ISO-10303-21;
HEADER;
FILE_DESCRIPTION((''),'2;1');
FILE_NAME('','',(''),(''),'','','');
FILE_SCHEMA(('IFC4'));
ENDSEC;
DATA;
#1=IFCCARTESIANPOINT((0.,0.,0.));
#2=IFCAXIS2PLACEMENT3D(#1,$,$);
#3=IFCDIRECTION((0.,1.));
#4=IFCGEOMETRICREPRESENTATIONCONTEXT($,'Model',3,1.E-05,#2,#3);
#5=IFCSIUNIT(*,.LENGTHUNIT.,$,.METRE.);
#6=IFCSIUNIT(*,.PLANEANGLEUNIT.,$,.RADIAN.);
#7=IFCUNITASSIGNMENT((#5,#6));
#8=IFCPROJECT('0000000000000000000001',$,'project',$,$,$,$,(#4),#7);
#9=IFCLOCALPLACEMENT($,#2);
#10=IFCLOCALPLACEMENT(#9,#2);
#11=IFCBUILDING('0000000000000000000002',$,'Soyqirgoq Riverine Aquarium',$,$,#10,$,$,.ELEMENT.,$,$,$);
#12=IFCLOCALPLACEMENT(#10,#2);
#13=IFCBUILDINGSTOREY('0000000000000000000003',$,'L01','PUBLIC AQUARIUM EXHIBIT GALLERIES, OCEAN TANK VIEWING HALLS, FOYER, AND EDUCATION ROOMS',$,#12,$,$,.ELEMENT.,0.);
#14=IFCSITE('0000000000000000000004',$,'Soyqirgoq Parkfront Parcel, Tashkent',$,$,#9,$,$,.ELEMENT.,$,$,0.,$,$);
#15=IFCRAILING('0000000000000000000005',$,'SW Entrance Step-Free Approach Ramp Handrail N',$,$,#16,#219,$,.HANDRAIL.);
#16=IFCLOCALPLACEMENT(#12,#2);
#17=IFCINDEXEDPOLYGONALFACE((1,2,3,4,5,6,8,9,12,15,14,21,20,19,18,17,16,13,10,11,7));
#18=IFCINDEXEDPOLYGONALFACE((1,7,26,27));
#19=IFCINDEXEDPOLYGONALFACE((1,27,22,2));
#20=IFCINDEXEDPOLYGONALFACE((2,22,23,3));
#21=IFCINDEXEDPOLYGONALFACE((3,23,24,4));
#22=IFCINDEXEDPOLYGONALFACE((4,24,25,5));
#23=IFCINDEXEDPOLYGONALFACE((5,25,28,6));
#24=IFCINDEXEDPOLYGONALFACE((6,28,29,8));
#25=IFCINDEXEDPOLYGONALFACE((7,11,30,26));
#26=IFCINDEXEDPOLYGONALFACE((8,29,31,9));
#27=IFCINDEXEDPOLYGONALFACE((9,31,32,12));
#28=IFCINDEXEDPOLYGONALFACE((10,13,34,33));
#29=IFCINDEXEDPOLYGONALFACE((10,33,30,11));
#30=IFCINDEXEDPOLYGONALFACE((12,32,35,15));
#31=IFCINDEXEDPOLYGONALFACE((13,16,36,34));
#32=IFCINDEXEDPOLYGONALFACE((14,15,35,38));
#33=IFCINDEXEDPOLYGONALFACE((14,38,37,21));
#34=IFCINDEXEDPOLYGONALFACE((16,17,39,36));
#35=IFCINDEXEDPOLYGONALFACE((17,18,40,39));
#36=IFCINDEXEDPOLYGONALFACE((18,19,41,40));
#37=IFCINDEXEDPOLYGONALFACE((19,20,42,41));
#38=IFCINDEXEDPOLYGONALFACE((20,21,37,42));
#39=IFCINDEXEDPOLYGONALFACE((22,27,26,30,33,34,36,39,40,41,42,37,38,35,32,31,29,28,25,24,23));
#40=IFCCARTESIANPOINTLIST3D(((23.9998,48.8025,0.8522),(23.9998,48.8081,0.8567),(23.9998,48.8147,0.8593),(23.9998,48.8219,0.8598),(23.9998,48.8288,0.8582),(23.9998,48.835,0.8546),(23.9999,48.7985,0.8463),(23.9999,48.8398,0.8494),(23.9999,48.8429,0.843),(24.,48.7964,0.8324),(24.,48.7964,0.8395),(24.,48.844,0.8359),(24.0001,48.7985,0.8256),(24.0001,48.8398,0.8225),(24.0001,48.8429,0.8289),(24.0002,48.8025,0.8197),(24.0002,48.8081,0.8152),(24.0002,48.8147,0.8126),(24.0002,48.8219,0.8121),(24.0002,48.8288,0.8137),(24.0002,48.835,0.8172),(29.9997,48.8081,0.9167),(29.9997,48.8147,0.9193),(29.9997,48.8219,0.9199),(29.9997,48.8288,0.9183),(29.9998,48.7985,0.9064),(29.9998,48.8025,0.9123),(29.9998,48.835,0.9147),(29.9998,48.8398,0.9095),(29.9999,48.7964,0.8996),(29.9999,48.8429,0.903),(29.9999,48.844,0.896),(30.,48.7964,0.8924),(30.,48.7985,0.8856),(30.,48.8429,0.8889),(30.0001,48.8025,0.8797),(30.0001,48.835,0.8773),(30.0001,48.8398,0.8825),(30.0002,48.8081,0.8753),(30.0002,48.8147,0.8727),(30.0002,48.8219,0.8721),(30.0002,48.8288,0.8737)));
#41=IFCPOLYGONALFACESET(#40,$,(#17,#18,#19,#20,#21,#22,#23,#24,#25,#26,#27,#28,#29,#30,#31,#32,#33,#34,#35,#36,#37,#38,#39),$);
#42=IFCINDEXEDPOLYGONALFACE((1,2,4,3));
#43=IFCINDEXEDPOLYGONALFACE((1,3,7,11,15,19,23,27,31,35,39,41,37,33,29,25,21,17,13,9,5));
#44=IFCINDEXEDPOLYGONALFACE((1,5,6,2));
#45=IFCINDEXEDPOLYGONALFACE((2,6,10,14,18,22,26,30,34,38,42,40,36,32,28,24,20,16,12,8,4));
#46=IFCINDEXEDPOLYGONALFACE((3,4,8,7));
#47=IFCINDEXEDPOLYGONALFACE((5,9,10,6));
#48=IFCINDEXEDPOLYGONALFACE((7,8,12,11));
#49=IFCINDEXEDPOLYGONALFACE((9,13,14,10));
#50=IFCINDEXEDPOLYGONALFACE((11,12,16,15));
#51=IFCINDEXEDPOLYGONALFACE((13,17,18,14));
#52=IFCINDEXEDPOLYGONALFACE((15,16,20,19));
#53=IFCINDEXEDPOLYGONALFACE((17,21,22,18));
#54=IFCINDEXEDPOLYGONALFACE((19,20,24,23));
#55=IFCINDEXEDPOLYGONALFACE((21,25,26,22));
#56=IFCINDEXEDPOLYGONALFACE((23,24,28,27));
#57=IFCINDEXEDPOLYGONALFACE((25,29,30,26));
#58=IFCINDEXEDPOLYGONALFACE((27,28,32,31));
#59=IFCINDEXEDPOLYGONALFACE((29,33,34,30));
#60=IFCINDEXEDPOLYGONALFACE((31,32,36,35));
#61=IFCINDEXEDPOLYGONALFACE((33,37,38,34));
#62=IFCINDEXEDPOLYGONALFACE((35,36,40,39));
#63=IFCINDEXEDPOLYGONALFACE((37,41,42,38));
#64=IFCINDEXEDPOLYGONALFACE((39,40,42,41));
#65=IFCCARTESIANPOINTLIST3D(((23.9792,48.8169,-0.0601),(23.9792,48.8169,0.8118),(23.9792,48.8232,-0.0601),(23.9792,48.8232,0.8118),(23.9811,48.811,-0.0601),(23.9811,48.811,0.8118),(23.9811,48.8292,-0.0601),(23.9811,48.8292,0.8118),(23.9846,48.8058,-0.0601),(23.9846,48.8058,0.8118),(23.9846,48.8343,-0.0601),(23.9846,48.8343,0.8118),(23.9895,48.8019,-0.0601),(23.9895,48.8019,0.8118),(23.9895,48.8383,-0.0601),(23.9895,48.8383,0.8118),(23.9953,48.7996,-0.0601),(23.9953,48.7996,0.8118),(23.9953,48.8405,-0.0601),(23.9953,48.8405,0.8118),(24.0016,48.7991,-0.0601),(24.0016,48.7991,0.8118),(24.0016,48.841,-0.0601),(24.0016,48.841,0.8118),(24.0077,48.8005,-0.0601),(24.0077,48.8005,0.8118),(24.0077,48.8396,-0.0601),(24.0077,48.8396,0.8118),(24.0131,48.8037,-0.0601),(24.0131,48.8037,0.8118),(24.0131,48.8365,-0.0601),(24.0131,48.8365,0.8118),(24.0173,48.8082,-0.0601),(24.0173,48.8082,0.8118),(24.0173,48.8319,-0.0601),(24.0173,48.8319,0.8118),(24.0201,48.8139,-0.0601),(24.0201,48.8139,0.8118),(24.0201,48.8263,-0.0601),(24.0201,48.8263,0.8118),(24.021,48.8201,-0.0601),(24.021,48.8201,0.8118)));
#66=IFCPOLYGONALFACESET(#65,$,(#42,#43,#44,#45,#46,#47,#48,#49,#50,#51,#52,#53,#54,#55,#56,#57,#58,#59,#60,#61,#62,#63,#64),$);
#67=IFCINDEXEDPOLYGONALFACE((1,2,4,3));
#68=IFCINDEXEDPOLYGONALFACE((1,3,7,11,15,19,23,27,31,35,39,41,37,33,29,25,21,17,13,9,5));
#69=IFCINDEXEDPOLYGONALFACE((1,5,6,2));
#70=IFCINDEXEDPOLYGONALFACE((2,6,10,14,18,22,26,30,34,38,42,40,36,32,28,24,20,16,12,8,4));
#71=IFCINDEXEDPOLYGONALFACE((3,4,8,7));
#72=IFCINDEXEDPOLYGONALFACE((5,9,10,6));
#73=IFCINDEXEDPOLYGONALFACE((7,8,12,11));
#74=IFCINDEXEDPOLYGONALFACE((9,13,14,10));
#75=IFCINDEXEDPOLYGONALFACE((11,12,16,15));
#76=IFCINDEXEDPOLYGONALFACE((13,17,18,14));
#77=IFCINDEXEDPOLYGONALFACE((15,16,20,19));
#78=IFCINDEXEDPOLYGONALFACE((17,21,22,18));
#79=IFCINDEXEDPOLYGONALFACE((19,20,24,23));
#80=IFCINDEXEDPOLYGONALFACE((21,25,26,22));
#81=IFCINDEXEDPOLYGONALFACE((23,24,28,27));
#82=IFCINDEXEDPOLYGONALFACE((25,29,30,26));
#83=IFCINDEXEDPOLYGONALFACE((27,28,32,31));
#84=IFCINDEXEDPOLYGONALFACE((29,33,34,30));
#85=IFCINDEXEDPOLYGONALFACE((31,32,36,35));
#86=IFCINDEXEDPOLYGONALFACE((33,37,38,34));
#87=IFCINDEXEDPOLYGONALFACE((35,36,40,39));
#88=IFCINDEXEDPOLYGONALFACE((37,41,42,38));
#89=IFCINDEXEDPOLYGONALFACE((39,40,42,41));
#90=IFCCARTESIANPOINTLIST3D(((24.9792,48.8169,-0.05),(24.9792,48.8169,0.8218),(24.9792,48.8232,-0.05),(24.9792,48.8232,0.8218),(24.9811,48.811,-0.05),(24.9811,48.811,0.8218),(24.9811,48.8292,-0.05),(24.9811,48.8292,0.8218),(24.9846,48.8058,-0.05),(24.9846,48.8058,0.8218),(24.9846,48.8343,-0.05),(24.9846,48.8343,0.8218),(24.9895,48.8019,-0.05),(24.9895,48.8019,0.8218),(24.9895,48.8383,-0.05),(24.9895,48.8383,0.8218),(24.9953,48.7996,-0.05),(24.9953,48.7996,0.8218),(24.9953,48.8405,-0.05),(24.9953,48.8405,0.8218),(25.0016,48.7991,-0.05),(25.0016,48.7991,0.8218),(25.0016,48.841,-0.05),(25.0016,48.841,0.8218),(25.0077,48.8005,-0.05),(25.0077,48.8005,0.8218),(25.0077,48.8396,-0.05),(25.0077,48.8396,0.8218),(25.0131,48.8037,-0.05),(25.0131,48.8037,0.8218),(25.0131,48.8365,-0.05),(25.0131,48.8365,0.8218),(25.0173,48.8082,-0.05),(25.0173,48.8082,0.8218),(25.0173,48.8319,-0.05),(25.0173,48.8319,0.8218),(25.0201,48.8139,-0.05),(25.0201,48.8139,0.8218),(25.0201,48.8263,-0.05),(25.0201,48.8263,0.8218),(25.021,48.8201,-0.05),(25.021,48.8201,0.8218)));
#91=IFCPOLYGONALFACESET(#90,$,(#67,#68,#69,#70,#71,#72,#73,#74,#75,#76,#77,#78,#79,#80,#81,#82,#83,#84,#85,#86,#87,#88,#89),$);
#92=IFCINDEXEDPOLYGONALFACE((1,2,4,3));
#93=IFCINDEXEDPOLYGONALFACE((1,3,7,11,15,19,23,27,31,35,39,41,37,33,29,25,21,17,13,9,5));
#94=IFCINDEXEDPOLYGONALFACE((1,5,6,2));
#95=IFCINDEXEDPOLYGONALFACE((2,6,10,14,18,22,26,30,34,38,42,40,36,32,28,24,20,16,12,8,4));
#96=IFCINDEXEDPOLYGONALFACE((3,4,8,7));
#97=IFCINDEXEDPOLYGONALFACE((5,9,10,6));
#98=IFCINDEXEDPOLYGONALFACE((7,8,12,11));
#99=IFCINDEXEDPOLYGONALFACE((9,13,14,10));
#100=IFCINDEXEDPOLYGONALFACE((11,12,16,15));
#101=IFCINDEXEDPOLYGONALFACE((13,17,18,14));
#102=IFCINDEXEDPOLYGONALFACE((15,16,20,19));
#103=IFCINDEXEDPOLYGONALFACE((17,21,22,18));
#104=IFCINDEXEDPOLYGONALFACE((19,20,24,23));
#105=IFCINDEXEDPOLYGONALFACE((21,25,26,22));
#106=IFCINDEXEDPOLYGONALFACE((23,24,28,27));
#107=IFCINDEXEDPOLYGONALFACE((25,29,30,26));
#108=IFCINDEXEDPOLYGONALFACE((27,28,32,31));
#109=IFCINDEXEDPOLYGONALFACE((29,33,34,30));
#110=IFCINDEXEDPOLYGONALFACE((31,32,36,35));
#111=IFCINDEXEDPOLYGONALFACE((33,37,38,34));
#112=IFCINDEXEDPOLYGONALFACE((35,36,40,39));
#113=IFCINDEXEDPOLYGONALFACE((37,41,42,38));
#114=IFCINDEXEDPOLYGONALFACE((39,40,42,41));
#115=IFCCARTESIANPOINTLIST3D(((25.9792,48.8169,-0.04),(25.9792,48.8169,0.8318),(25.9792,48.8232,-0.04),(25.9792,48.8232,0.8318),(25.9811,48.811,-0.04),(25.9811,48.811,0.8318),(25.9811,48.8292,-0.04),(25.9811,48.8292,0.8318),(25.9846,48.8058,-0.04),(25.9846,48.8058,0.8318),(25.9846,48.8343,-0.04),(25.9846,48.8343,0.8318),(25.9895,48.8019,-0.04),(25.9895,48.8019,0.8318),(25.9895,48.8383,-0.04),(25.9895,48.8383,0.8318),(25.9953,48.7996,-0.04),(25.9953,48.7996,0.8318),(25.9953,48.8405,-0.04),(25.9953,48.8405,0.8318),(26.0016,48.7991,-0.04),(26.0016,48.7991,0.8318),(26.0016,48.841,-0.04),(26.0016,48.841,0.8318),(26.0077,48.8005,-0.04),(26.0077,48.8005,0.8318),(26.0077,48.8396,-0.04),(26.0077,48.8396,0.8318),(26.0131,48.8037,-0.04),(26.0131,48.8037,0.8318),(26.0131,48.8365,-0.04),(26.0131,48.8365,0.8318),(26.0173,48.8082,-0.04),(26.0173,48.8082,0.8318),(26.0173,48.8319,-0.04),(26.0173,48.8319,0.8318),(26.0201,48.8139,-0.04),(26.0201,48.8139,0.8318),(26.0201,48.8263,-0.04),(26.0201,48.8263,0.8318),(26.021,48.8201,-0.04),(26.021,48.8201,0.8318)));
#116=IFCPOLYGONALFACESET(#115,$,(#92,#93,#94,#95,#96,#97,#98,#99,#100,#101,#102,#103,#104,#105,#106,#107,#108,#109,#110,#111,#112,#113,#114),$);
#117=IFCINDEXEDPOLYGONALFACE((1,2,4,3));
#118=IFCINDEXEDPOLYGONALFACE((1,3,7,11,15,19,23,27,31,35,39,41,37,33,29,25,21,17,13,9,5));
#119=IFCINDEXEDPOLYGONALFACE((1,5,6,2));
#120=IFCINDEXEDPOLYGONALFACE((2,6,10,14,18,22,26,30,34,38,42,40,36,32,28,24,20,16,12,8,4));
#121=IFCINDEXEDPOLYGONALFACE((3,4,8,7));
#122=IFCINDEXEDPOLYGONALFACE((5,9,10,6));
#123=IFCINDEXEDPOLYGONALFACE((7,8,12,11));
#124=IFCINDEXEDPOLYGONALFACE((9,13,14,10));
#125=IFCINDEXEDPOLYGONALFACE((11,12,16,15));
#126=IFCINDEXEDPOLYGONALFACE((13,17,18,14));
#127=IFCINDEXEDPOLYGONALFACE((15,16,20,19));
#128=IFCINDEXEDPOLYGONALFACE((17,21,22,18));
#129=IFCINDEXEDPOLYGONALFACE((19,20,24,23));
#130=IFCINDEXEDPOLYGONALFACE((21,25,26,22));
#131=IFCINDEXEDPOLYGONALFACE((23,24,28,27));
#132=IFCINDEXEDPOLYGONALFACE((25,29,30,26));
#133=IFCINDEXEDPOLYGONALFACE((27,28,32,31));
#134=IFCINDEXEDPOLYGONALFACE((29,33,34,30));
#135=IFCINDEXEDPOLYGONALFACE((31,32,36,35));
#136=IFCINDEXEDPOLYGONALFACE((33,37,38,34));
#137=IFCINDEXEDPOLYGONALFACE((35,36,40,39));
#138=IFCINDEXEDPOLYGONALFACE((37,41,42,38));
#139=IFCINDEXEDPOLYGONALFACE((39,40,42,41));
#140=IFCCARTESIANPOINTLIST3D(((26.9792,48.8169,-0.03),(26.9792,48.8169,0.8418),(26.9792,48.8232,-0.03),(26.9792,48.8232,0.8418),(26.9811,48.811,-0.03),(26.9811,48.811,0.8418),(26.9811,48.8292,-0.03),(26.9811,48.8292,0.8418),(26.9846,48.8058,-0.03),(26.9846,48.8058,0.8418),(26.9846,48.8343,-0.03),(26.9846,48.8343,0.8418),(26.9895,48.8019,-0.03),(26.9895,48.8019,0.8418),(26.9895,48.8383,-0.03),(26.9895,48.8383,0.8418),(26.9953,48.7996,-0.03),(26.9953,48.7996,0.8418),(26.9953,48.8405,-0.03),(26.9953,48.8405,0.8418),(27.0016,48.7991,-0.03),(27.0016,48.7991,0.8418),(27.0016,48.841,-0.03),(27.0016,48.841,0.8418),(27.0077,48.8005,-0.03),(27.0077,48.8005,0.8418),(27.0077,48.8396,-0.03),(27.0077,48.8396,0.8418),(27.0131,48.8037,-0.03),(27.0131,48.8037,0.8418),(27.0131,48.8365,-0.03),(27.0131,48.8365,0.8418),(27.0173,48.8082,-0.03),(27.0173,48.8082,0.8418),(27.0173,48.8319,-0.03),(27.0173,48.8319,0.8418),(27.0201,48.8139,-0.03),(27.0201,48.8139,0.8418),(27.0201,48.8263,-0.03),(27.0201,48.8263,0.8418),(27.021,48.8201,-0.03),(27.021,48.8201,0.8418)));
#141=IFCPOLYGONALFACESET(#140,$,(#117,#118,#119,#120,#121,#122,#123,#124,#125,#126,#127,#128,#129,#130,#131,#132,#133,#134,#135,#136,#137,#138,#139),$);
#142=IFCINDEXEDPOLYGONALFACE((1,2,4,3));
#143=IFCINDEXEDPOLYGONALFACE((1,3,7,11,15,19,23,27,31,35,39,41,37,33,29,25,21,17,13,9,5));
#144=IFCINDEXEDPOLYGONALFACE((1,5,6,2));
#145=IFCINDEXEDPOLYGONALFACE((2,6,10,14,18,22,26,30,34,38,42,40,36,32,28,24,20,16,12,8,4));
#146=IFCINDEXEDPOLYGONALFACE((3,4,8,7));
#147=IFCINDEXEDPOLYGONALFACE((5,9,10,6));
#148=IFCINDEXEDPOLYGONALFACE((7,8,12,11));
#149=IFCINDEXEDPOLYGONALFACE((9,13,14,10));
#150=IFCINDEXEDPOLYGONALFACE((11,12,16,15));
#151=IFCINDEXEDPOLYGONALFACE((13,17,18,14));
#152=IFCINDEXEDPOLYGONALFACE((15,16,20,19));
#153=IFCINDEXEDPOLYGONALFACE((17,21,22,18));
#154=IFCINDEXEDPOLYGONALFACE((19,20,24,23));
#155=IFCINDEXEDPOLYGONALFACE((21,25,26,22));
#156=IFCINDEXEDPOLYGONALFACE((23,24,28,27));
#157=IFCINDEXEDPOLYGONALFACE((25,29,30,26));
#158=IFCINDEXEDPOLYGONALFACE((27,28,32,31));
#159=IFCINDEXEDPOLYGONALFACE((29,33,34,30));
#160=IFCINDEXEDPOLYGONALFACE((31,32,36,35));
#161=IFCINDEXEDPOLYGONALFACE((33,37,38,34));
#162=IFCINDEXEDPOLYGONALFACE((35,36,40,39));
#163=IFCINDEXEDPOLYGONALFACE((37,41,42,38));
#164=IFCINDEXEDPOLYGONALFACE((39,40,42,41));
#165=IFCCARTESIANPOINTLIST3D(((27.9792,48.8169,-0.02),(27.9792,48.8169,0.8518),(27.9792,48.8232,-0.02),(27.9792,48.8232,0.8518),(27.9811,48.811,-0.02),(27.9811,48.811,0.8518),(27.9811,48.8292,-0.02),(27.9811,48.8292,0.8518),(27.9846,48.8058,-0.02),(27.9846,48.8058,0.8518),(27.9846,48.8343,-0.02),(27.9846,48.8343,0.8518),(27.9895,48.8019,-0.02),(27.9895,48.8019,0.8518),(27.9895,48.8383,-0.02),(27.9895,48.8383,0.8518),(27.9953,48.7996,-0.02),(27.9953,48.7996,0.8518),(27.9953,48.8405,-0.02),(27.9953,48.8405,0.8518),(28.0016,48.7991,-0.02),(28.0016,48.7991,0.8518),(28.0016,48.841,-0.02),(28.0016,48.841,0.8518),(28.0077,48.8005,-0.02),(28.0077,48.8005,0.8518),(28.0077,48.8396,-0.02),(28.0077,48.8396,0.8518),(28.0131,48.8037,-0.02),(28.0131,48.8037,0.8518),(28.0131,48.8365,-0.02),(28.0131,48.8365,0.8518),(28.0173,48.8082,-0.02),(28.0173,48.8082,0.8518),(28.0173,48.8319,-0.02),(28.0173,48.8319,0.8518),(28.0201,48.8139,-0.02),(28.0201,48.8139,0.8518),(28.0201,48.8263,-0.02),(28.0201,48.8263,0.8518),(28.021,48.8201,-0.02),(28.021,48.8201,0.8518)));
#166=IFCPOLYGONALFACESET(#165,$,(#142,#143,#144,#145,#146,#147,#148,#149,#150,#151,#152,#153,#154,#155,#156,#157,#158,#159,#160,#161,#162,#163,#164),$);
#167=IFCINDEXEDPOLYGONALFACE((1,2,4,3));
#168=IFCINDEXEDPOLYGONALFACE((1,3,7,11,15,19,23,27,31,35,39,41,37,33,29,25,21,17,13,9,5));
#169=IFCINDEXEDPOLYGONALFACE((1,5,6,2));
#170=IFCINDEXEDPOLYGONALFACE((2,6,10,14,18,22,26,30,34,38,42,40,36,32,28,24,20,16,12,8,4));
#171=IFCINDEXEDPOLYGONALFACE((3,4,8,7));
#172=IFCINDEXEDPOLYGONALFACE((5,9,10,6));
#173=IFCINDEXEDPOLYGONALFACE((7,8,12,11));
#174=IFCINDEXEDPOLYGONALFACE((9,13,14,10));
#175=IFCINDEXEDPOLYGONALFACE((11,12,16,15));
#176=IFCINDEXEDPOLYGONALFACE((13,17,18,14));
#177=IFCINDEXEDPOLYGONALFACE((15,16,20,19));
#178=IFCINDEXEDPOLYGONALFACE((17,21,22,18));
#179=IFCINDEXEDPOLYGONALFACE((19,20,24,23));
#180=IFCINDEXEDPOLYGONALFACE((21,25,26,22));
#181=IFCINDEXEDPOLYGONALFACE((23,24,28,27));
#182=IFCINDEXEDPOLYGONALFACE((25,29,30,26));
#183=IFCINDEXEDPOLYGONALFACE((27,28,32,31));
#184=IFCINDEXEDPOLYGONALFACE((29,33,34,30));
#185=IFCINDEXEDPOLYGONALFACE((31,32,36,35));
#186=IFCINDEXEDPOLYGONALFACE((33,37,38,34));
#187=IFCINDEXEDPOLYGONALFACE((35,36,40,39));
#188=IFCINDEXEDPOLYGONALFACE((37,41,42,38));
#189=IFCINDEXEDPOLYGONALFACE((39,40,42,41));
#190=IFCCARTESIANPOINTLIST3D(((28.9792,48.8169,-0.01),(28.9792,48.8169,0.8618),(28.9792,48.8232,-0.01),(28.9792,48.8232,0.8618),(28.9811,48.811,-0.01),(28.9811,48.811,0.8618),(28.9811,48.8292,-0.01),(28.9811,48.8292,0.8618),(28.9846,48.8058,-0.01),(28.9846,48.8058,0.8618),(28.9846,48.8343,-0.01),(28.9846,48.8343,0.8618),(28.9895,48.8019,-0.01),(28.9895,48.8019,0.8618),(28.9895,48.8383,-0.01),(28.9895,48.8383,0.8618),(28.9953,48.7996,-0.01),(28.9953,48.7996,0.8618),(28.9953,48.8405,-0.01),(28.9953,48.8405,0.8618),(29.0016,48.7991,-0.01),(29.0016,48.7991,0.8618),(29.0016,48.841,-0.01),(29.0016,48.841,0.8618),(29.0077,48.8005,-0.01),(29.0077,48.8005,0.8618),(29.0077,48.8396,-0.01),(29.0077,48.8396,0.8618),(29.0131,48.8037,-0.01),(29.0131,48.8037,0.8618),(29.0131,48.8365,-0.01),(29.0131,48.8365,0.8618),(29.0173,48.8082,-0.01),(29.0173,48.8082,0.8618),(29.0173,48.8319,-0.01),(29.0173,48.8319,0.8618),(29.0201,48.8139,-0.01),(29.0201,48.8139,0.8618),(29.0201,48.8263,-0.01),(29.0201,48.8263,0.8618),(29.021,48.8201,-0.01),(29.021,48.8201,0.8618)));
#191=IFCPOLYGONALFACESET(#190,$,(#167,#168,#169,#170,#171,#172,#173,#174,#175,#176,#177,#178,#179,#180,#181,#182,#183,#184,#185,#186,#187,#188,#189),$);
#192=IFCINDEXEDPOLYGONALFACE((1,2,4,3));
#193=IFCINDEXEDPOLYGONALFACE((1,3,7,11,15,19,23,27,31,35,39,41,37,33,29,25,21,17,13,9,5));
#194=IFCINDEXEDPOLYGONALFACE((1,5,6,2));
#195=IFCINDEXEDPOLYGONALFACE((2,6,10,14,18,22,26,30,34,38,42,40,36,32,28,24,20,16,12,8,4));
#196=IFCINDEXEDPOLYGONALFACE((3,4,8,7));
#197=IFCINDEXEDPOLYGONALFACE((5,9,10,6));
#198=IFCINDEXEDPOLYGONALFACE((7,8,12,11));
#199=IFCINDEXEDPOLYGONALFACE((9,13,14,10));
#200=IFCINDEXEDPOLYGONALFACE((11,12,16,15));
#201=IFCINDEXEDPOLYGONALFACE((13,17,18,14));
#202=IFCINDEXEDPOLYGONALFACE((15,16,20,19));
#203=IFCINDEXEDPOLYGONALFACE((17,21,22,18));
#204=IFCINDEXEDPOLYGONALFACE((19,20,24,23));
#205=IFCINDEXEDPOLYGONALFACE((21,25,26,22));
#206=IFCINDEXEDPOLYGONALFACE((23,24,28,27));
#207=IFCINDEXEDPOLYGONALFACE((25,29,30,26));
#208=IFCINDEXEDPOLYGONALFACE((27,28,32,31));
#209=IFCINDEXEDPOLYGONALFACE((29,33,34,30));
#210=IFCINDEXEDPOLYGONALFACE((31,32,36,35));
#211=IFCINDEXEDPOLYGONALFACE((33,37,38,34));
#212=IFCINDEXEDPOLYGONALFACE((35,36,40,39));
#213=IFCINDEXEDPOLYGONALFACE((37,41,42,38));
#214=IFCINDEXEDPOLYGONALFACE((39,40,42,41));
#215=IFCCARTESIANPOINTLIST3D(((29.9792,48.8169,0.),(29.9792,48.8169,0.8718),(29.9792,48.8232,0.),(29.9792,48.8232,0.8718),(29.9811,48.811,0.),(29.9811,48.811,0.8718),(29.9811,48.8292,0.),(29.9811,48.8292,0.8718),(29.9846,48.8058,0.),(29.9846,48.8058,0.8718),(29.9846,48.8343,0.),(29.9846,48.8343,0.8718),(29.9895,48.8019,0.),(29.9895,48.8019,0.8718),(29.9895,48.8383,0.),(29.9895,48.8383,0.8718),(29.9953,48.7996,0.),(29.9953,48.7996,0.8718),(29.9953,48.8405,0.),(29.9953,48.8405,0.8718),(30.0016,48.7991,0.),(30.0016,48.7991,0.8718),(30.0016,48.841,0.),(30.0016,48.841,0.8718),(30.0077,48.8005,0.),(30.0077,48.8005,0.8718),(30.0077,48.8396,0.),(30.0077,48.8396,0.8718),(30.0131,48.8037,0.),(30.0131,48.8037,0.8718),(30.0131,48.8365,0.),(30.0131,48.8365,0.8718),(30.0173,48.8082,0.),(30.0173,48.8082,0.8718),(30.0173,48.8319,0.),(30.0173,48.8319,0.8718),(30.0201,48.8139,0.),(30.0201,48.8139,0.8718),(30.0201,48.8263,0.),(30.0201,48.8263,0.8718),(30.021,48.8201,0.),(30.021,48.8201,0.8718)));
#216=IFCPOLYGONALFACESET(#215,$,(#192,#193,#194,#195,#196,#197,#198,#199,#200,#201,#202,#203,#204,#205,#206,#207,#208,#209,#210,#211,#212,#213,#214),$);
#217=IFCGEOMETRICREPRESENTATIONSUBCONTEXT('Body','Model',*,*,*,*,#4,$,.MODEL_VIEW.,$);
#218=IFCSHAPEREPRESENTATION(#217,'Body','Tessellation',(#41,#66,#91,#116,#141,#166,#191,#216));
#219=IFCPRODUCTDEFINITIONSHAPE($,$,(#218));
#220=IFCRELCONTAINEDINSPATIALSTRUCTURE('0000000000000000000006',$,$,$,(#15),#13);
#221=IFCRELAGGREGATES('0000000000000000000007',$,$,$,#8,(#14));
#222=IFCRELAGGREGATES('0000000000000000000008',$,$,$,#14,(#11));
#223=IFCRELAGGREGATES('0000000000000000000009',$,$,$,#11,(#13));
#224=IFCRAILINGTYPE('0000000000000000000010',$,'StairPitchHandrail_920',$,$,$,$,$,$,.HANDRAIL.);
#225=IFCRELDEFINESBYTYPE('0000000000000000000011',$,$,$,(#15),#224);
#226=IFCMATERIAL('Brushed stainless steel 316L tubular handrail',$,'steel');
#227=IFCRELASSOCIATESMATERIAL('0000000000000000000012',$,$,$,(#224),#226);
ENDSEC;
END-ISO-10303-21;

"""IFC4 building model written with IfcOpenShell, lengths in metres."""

from ifc_helpers import new_model, si_unit, direction, frame, origin, origin_2d, place, context, subcontext, project, spatial, circle, extrude, material, type_object, element, save


model = new_model("IFC4")

# Units and contexts
model_context = context("Model", 3, precision=1e-05, world=origin(), true_north=direction((0.0, 1.0)))
body_context = subcontext(model_context, "Body", "Model", "MODEL_VIEW")
ifc_project = project(units=[si_unit("LENGTHUNIT", "METRE"), si_unit("PLANEANGLEUNIT", "RADIAN")], contexts=[model_context])

# Site, building, storey
site_placement = place(None, origin())
site = spatial("IfcSite", under=ifc_project, at=site_placement, Name="Soyqirgoq Parkfront Parcel, Tashkent", CompositionType="ELEMENT", RefElevation=0.0)
building_placement = place(site_placement, origin())
building = spatial("IfcBuilding", under=site, at=building_placement, Name="Soyqirgoq Riverine Aquarium", CompositionType="ELEMENT")
storey_placement = place(building_placement, origin())
storey = spatial("IfcBuildingStorey", under=building, at=storey_placement, Name="L01", Description="PUBLIC AQUARIUM EXHIBIT GALLERIES, OCEAN TANK VIEWING HALLS, FOYER, AND EDUCATION ROOMS", CompositionType="ELEMENT", Elevation=0.0)

# Railing
ifc_material_1 = material(Name="Brushed stainless steel 316L tubular handrail", Category="steel")
railing_type = type_object("IfcRailingType", Name="StairPitchHandrail_920", PredefinedType="HANDRAIL", material=ifc_material_1)
for number, where, name in (
    (1, (24.0, 48.8201, -0.0601), "SW Entrance Step-Free Approach Ramp Handrail N"),
):
    element("IfcRailing", number, at=place(storey_placement, frame(where)), inside=storey, type_object=railing_type, Name=name, PredefinedType="HANDRAIL", context=body_context, shape_type="SweptSolid", body=[
        extrude(circle(Radius=0.0239, at=origin_2d()), frame((0.0, 0.0, 0.896), z_axis=(0.99995, 0.0, 0.010009), x_axis=(0.0, 1.0, 0.0)), (0.0, 0.0, 1.0), 6.0002),
        extrude(circle(Radius=0.021, at=origin_2d()), origin(), (0.0, 0.0, 1.0), 0.8718),
        extrude(circle(Radius=0.021, at=origin_2d()), frame((1.0, 0.0, 0.01)), (0.0, 0.0, 1.0), 0.8718),
        extrude(circle(Radius=0.021, at=origin_2d()), frame((2.0, 0.0, 0.02)), (0.0, 0.0, 1.0), 0.8718),
        extrude(circle(Radius=0.021, at=origin_2d()), frame((3.0, 0.0, 0.03)), (0.0, 0.0, 1.0), 0.8718),
        extrude(circle(Radius=0.021, at=origin_2d()), frame((4.0, 0.0, 0.04)), (0.0, 0.0, 1.0), 0.8718),
        extrude(circle(Radius=0.021, at=origin_2d()), frame((5.0, 0.0, 0.05)), (0.0, 0.0, 1.0), 0.8718),
        extrude(circle(Radius=0.021, at=origin_2d()), frame((6.0, 0.0, 0.0601)), (0.0, 0.0, 1.0), 0.8718),
    ])

save(model, "model.ifc")
